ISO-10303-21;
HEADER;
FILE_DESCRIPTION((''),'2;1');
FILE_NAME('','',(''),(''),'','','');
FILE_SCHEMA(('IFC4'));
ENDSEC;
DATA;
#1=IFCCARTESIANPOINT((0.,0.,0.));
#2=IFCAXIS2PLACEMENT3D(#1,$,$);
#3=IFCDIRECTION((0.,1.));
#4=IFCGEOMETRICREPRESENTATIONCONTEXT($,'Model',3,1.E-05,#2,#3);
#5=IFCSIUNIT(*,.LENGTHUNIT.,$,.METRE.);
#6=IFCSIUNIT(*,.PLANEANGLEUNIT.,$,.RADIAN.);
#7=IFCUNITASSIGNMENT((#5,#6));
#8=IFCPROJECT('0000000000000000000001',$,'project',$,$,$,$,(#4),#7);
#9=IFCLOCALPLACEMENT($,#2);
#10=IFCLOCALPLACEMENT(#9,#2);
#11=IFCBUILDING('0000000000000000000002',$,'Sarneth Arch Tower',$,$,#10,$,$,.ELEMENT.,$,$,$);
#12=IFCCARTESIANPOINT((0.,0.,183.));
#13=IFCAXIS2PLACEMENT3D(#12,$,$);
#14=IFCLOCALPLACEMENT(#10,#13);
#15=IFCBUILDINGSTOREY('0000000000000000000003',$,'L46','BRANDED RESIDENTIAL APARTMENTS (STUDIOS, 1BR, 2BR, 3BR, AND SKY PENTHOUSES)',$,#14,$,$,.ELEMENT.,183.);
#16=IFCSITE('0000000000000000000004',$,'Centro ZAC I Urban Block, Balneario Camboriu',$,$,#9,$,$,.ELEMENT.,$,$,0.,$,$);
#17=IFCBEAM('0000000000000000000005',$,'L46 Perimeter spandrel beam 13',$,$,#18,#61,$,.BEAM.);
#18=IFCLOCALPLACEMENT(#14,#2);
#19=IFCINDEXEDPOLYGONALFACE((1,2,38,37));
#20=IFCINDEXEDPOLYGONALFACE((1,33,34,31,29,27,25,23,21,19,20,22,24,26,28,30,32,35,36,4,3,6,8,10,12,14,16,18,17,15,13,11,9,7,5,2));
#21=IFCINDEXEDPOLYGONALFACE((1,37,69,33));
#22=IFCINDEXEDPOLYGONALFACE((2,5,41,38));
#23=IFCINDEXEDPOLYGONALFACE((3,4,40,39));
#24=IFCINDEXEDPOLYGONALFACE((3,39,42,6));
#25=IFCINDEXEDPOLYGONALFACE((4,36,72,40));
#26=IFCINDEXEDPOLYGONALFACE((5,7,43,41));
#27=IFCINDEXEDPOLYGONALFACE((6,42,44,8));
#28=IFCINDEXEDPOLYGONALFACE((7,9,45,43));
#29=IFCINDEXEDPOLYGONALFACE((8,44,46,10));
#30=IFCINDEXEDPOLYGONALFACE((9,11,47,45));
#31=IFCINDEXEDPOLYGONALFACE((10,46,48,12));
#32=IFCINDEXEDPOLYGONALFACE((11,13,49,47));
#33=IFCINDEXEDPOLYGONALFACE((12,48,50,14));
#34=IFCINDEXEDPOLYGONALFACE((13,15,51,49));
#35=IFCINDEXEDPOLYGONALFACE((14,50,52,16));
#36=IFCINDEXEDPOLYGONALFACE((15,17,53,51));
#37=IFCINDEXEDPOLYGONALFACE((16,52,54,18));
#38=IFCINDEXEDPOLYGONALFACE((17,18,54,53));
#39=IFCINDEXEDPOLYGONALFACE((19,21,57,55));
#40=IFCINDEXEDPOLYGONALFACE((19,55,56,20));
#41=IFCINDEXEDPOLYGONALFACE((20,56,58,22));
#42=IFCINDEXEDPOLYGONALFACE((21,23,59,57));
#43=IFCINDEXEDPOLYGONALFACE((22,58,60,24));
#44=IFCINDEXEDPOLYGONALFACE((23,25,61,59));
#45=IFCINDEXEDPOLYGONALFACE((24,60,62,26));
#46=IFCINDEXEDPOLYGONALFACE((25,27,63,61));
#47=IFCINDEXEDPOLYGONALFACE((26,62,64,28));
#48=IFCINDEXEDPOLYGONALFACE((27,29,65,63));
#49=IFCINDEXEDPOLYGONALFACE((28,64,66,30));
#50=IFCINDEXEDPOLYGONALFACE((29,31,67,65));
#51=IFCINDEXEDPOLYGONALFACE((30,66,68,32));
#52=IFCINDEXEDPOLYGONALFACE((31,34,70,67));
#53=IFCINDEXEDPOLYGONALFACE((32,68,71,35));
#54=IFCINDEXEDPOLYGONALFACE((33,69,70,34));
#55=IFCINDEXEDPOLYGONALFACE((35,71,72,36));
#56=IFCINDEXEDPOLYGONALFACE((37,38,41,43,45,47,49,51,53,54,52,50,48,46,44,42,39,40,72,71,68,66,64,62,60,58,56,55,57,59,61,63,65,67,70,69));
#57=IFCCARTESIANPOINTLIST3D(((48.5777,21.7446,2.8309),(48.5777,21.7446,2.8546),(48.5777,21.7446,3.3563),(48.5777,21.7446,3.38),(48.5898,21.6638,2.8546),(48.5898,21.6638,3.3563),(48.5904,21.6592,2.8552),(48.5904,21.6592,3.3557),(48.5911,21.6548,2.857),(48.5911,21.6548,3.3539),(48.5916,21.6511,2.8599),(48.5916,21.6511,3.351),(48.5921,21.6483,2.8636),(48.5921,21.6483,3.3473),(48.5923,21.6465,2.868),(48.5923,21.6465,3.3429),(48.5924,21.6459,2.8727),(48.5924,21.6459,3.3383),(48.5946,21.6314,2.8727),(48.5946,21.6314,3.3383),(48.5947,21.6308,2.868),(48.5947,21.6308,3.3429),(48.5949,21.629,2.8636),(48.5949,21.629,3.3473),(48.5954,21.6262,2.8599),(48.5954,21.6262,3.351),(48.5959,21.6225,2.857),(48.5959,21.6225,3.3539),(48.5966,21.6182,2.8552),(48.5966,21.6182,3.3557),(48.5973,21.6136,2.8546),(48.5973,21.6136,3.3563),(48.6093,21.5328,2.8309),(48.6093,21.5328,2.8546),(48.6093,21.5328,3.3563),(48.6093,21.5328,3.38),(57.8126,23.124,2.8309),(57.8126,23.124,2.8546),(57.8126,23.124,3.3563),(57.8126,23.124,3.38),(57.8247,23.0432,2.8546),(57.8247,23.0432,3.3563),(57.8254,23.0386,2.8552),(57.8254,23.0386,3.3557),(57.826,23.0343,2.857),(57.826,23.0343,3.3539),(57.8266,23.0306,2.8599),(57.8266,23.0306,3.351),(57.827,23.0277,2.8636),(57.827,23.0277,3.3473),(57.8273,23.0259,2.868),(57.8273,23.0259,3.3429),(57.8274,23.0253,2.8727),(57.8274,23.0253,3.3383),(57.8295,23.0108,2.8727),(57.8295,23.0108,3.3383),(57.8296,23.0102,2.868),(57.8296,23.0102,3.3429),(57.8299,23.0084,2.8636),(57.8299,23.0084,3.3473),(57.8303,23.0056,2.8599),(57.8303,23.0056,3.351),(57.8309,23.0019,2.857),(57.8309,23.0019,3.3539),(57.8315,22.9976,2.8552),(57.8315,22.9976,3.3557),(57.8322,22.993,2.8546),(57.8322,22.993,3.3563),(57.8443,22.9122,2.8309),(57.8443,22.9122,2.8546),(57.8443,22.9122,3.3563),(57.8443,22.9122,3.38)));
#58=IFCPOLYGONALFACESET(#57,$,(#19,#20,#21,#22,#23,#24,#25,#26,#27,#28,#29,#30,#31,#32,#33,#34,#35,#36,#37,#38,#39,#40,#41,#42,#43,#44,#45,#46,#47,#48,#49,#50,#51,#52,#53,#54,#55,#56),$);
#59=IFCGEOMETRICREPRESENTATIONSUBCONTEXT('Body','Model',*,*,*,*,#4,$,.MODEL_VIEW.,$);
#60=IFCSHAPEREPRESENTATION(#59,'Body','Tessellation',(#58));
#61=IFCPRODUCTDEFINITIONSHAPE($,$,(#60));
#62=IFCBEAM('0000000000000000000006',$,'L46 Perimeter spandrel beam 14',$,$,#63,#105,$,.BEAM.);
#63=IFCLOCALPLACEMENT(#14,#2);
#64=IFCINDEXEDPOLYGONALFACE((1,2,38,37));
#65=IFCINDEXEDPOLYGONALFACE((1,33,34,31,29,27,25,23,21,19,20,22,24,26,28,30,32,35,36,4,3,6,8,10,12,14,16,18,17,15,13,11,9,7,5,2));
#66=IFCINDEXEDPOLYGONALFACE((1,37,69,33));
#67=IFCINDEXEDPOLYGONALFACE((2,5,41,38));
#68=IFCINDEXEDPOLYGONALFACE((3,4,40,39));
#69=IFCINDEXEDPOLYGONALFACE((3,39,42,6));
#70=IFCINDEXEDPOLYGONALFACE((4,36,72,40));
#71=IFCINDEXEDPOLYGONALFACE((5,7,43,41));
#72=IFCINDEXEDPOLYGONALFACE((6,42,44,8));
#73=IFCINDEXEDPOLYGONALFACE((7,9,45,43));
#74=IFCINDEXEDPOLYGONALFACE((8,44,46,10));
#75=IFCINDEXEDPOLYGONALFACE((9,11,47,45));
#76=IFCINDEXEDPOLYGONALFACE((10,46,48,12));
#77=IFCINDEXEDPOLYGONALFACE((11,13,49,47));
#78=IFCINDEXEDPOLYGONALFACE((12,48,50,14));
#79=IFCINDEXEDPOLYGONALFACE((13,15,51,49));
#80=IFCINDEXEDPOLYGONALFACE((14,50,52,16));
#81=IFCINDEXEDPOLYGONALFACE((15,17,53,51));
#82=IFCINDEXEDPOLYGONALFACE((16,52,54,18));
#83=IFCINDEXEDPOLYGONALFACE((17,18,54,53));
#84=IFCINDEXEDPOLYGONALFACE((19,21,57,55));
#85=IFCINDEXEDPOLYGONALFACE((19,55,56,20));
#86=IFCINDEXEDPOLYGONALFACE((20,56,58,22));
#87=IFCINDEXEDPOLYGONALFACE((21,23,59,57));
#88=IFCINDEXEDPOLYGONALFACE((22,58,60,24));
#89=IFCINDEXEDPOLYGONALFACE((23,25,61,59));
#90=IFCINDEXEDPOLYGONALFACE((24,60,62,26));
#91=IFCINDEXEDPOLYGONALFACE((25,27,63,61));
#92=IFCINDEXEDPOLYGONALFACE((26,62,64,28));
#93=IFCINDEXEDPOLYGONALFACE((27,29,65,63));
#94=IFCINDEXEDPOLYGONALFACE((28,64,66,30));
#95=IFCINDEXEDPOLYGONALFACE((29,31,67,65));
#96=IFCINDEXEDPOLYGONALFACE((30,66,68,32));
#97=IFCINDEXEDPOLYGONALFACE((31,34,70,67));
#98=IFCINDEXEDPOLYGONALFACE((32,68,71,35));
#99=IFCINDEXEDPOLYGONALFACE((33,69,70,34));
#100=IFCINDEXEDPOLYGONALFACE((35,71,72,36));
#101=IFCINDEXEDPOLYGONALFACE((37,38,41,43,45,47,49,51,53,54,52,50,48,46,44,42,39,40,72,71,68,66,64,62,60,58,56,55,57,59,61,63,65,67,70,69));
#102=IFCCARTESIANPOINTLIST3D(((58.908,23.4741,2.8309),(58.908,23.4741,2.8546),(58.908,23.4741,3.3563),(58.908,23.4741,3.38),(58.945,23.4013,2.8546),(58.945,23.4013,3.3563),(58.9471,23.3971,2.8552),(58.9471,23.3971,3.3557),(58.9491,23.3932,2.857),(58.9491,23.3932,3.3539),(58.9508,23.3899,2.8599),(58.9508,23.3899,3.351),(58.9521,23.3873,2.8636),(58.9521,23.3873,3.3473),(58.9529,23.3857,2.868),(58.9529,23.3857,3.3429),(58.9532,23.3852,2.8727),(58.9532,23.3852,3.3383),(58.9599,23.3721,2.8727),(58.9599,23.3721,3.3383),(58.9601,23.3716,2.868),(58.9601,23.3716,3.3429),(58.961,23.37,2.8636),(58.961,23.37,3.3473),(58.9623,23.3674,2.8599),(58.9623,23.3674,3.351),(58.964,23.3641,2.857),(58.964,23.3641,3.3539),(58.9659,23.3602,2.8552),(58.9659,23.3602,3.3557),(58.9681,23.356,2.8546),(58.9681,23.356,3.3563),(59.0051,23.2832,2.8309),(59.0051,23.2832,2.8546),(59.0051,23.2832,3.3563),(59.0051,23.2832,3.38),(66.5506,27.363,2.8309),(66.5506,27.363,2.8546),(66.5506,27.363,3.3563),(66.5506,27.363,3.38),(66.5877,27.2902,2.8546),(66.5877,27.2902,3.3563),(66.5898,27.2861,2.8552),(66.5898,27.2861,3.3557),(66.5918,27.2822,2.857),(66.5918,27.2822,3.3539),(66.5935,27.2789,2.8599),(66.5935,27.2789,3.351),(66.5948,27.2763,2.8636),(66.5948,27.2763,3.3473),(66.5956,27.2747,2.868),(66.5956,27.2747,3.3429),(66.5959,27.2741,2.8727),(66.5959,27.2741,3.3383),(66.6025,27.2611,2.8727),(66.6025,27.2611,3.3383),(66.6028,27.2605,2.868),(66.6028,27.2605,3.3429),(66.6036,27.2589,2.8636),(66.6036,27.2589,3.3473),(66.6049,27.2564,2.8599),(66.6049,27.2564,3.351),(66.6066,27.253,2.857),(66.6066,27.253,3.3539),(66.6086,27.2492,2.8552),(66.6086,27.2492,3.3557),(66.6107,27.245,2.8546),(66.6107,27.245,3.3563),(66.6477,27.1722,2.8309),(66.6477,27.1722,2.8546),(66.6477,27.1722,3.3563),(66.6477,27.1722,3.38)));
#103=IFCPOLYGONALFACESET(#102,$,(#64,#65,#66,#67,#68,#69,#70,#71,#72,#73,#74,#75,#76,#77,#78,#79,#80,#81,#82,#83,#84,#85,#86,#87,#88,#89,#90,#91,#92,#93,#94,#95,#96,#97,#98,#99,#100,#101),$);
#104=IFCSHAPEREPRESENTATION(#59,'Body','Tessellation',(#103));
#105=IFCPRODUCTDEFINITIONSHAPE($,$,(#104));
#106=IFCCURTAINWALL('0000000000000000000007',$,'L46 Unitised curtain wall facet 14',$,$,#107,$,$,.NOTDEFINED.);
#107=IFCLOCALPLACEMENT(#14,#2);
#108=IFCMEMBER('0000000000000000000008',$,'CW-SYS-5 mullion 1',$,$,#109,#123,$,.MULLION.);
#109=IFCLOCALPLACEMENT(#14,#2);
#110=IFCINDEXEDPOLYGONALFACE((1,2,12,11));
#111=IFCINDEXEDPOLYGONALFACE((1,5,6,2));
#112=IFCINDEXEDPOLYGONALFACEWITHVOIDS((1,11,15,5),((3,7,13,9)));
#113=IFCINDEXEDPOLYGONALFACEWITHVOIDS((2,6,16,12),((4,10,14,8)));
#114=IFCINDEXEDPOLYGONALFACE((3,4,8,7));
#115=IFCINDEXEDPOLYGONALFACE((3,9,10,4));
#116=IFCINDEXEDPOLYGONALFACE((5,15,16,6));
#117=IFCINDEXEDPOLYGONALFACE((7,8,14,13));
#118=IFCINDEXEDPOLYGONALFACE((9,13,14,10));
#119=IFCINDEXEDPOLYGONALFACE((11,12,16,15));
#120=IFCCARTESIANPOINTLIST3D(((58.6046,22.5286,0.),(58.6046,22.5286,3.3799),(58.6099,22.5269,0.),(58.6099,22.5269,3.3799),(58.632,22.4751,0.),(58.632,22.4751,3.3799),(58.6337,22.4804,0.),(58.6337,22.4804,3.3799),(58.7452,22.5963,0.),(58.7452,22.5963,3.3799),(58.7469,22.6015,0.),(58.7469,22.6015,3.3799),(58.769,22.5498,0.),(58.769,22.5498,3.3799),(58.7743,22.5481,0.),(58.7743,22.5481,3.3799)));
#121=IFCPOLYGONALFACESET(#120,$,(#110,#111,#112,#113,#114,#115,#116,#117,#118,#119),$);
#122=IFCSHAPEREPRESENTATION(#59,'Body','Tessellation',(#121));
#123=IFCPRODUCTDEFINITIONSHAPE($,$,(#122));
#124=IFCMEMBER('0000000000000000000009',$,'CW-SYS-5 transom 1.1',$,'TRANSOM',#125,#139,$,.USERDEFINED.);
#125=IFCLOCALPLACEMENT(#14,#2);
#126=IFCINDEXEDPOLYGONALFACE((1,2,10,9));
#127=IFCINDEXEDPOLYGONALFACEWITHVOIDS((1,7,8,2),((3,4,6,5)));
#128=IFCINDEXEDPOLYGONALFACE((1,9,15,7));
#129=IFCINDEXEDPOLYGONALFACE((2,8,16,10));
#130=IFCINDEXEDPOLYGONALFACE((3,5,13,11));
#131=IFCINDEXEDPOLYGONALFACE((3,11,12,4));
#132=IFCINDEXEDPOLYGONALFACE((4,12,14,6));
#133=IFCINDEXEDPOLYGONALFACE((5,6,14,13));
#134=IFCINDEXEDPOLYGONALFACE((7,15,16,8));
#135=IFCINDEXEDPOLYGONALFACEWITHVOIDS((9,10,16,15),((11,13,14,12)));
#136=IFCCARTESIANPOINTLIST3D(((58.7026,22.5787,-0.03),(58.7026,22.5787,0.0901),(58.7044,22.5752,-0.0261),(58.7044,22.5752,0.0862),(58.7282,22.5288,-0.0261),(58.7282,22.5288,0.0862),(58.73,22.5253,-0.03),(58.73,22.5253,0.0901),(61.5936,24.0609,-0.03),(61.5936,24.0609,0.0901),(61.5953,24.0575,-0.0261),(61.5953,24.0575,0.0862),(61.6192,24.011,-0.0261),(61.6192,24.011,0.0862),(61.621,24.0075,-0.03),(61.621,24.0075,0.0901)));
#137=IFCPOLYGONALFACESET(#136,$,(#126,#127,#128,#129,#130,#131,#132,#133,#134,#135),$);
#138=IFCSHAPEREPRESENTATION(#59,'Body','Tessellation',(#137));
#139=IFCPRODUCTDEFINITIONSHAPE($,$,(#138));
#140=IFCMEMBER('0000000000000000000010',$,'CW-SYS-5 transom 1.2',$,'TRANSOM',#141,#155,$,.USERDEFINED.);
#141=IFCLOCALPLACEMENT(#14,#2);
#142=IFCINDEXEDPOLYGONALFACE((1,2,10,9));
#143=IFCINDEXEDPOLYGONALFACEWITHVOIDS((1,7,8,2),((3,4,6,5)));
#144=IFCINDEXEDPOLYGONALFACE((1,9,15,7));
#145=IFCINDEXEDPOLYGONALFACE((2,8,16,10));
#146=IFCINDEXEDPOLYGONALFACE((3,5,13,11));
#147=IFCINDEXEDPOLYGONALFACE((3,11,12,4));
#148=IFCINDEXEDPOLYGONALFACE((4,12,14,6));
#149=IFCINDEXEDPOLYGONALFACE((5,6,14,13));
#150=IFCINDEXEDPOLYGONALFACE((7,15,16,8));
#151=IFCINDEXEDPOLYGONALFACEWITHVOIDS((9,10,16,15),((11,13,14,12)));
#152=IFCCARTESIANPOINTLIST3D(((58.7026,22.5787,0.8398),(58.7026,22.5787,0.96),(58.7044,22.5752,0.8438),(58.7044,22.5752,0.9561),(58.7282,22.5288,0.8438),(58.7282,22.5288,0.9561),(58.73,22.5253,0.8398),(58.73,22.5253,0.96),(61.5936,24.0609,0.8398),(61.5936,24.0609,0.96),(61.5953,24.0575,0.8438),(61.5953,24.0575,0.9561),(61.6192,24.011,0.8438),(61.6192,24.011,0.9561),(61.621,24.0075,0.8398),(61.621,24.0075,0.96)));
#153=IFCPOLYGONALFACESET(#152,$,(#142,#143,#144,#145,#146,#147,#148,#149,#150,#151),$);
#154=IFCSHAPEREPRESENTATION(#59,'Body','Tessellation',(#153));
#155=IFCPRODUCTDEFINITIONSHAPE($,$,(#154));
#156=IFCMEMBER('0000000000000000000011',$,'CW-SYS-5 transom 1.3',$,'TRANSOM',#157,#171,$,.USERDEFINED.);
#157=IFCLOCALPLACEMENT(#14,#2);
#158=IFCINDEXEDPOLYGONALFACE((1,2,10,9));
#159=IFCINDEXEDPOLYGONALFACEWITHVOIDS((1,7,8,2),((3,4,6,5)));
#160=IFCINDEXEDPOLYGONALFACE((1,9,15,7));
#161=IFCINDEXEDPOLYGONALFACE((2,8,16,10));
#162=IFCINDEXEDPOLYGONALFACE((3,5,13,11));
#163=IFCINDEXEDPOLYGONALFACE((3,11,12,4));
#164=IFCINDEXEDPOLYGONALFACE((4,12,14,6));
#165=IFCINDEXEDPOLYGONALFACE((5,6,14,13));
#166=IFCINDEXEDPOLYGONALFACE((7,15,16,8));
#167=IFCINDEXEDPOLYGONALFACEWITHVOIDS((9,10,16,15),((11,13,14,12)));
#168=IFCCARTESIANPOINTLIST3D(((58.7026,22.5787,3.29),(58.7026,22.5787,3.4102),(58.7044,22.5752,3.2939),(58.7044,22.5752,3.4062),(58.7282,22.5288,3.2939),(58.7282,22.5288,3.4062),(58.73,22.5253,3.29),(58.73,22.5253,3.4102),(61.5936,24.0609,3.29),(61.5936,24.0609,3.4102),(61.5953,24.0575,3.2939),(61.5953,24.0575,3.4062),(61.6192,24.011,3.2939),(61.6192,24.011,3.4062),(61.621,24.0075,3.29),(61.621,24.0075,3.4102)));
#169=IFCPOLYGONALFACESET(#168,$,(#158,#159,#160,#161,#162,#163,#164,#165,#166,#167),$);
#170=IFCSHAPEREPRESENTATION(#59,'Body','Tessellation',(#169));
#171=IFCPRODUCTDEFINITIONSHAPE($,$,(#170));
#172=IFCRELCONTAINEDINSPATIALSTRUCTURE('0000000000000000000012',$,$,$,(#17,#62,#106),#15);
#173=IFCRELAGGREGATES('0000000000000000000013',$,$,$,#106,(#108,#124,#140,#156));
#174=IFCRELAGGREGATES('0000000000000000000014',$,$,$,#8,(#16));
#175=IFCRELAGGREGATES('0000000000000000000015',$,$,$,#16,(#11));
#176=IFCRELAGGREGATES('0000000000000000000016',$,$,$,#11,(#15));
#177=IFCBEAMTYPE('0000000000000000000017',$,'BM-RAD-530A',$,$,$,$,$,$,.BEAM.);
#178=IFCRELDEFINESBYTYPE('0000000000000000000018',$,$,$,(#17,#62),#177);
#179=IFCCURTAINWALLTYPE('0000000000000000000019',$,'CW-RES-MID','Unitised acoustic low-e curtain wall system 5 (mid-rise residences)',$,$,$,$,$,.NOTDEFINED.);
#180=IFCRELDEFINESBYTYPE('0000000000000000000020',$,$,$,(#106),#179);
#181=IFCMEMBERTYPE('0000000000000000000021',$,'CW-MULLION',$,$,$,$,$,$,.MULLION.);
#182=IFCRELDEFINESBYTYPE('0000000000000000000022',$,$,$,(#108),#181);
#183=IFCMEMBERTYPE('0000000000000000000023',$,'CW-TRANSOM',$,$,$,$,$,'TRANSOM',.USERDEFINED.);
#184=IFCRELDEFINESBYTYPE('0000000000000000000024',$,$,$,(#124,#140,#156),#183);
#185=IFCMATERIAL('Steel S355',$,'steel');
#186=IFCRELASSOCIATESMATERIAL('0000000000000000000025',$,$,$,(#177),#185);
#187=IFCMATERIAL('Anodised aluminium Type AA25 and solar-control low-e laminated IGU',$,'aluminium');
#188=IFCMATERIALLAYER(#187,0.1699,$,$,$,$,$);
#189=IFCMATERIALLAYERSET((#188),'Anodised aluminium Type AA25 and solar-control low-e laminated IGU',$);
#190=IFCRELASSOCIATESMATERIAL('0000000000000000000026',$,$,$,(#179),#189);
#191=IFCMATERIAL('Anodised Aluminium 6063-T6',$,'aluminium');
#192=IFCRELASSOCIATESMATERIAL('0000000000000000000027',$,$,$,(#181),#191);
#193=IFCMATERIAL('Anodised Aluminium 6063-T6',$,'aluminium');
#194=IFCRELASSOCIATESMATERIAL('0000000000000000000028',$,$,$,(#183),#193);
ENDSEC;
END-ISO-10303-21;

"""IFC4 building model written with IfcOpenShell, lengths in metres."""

from ifc_helpers import new_model, si_unit, direction, frame, origin, origin_2d, place, context, subcontext, project, spatial, hollow_rectangle, i_section, extrude, material, layer, layer_set, material_profile, profile_set, type_object, element, aggregate, save


model = new_model("IFC4")

# Units and contexts
model_context = context("Model", 3, precision=1e-05, world=origin(), true_north=direction((0.0, 1.0)))
body_context = subcontext(model_context, "Body", "Model", "MODEL_VIEW")
ifc_project = project(units=[si_unit("LENGTHUNIT", "METRE"), si_unit("PLANEANGLEUNIT", "RADIAN")], contexts=[model_context])

# Site, building, storey
site_placement = place(None, origin())
site = spatial("IfcSite", under=ifc_project, at=site_placement, Name="Centro ZAC I Urban Block, Balneario Camboriu", CompositionType="ELEMENT", RefElevation=0.0)
building_placement = place(site_placement, origin())
building = spatial("IfcBuilding", under=site, at=building_placement, Name="Sarneth Arch Tower", CompositionType="ELEMENT")
storey_placement = place(building_placement, frame((0.0, 0.0, 183.0)))
storey = spatial("IfcBuildingStorey", under=building, at=storey_placement, Name="L46", Description="BRANDED RESIDENTIAL APARTMENTS (STUDIOS, 1BR, 2BR, 3BR, AND SKY PENTHOUSES)", CompositionType="ELEMENT", Elevation=183.0)

# Beams
ifc_material_1 = material(Name="Steel S355", Category="steel")
ifc_material_profile_1 = material_profile(ifc_material_1, i_section(OverallWidth=0.2141, OverallDepth=0.5491, WebThickness=0.0146, FlangeThickness=0.0237, FilletRadius=0.0181, at=origin_2d()), Name="W530x138")
ifc_profile_set_1 = profile_set([ifc_material_profile_1], Name="Steel S355")
beam_type = type_object("IfcBeamType", Name="BM-RAD-530A", PredefinedType="BEAM", material=ifc_profile_set_1)
beam_1_placement = place(storey_placement, frame((48.5935, 21.6387, 3.1055), z_axis=(0.989028, 0.147729, 0.0), x_axis=(-0.147729, 0.989028, 0.0)))
element("IfcBeam", 1, at=beam_1_placement, inside=storey, type_object=beam_type, Name="L46 Perimeter spandrel beam 13", PredefinedType="BEAM", context=body_context, shape_type="SweptSolid", body=[
    extrude(i_section(OverallWidth=0.2141, OverallDepth=0.5491, WebThickness=0.0146, FlangeThickness=0.0237, FilletRadius=0.0181, at=origin_2d()), origin(), (0.0, 0.0, 1.0), 9.3374),
])
beam_2_placement = place(storey_placement, frame((58.9565, 23.3787, 3.1055), z_axis=(0.89125, 0.453512, 0.0), x_axis=(-0.453512, 0.89125, 0.0)))
element("IfcBeam", 2, at=beam_2_placement, inside=storey, type_object=beam_type, Name="L46 Perimeter spandrel beam 14", PredefinedType="BEAM", context=body_context, shape_type="SweptSolid", body=[
    extrude(i_section(OverallWidth=0.2141, OverallDepth=0.5491, WebThickness=0.0146, FlangeThickness=0.0237, FilletRadius=0.0181, at=origin_2d()), origin(), (0.0, 0.0, 1.0), 8.5752),
])

# Curtain wall, members
ifc_material_2 = material(Name="Anodised aluminium Type AA25 and solar-control low-e laminated IGU", Category="aluminium")
ifc_layer_1 = layer(ifc_material_2, 0.1699)
ifc_layer_set_1 = layer_set([ifc_layer_1], Name="Anodised aluminium Type AA25 and solar-control low-e laminated IGU")
curtain_wall_type = type_object("IfcCurtainWallType", Name="CW-RES-MID", Description="Unitised acoustic low-e curtain wall system 5 (mid-rise residences)", PredefinedType="NOTDEFINED", material=ifc_layer_set_1)
curtain_wall_placement = place(storey_placement, origin())
curtain_wall = element("IfcCurtainWall", 3, at=curtain_wall_placement, inside=storey, type_object=curtain_wall_type, Name="L46 Unitised curtain wall facet 14", PredefinedType="NOTDEFINED")
ifc_material_3 = material(Name="Anodised Aluminium 6063-T6", Category="aluminium")
ifc_material_profile_2 = material_profile(ifc_material_3, hollow_rectangle(XDim=0.0601, YDim=0.1599, WallThickness=0.0039, at=origin_2d()), Name="AL-MULL-160x60x4")
ifc_profile_set_2 = profile_set([ifc_material_profile_2], Name="Anodised Aluminium 6063-T6")
member_type_1 = type_object("IfcMemberType", Name="CW-MULLION", PredefinedType="MULLION", material=ifc_profile_set_2)
member_1_placement = place(storey_placement, frame((58.6895, 22.5383, 0.0), z_axis=(0.0, 0.0, 1.0), x_axis=(-0.456208, 0.889873, 0.0)))
member_1 = element("IfcMember", 4, at=member_1_placement, type_object=member_type_1, Name="CW-SYS-5 mullion 1", PredefinedType="MULLION", context=body_context, shape_type="SweptSolid", body=[
    extrude(hollow_rectangle(XDim=0.0601, YDim=0.1599, WallThickness=0.0039, at=origin_2d()), origin(), (0.0, 0.0, 1.0), 3.3799),
])
ifc_material_4 = material(Name="Anodised Aluminium 6063-T6", Category="aluminium")
ifc_material_profile_3 = material_profile(ifc_material_4, hollow_rectangle(XDim=0.0601, YDim=0.1201, WallThickness=0.0039, at=origin_2d()), Name="AL-TRAN-120x60x4")
ifc_profile_set_3 = profile_set([ifc_material_profile_3], Name="Anodised Aluminium 6063-T6")
member_type_2 = type_object("IfcMemberType", Name="CW-TRANSOM", ElementType="TRANSOM", PredefinedType="USERDEFINED", material=ifc_profile_set_3)
member_2_placement = place(storey_placement, frame((58.7163, 22.552, 0.03), z_axis=(0.889857, 0.456239, 0.0), x_axis=(-0.456239, 0.889857, 0.0)))
member_2 = element("IfcMember", 5, at=member_2_placement, type_object=member_type_2, Name="CW-SYS-5 transom 1.1", ObjectType="TRANSOM", PredefinedType="USERDEFINED", context=body_context, shape_type="SweptSolid", body=[
    extrude(hollow_rectangle(XDim=0.0601, YDim=0.1201, WallThickness=0.0039, at=origin_2d()), origin(), (0.0, 0.0, 1.0), 3.2488),
])
member_3_placement = place(storey_placement, frame((58.7163, 22.552, 0.8999), z_axis=(0.889857, 0.456239, 0.0), x_axis=(-0.456239, 0.889857, 0.0)))
member_3 = element("IfcMember", 6, at=member_3_placement, type_object=member_type_2, Name="CW-SYS-5 transom 1.2", ObjectType="TRANSOM", PredefinedType="USERDEFINED", context=body_context, shape_type="SweptSolid", body=[
    extrude(hollow_rectangle(XDim=0.0601, YDim=0.1201, WallThickness=0.0039, at=origin_2d()), origin(), (0.0, 0.0, 1.0), 3.2488),
])
member_4_placement = place(storey_placement, frame((58.7163, 22.552, 3.3501), z_axis=(0.889857, 0.456239, 0.0), x_axis=(-0.456239, 0.889857, 0.0)))
member_4 = element("IfcMember", 7, at=member_4_placement, type_object=member_type_2, Name="CW-SYS-5 transom 1.3", ObjectType="TRANSOM", PredefinedType="USERDEFINED", context=body_context, shape_type="SweptSolid", body=[
    extrude(hollow_rectangle(XDim=0.0601, YDim=0.1201, WallThickness=0.0039, at=origin_2d()), origin(), (0.0, 0.0, 1.0), 3.2488),
])
aggregate(curtain_wall, [member_1, member_2, member_3, member_4])

save(model, "model.ifc")
